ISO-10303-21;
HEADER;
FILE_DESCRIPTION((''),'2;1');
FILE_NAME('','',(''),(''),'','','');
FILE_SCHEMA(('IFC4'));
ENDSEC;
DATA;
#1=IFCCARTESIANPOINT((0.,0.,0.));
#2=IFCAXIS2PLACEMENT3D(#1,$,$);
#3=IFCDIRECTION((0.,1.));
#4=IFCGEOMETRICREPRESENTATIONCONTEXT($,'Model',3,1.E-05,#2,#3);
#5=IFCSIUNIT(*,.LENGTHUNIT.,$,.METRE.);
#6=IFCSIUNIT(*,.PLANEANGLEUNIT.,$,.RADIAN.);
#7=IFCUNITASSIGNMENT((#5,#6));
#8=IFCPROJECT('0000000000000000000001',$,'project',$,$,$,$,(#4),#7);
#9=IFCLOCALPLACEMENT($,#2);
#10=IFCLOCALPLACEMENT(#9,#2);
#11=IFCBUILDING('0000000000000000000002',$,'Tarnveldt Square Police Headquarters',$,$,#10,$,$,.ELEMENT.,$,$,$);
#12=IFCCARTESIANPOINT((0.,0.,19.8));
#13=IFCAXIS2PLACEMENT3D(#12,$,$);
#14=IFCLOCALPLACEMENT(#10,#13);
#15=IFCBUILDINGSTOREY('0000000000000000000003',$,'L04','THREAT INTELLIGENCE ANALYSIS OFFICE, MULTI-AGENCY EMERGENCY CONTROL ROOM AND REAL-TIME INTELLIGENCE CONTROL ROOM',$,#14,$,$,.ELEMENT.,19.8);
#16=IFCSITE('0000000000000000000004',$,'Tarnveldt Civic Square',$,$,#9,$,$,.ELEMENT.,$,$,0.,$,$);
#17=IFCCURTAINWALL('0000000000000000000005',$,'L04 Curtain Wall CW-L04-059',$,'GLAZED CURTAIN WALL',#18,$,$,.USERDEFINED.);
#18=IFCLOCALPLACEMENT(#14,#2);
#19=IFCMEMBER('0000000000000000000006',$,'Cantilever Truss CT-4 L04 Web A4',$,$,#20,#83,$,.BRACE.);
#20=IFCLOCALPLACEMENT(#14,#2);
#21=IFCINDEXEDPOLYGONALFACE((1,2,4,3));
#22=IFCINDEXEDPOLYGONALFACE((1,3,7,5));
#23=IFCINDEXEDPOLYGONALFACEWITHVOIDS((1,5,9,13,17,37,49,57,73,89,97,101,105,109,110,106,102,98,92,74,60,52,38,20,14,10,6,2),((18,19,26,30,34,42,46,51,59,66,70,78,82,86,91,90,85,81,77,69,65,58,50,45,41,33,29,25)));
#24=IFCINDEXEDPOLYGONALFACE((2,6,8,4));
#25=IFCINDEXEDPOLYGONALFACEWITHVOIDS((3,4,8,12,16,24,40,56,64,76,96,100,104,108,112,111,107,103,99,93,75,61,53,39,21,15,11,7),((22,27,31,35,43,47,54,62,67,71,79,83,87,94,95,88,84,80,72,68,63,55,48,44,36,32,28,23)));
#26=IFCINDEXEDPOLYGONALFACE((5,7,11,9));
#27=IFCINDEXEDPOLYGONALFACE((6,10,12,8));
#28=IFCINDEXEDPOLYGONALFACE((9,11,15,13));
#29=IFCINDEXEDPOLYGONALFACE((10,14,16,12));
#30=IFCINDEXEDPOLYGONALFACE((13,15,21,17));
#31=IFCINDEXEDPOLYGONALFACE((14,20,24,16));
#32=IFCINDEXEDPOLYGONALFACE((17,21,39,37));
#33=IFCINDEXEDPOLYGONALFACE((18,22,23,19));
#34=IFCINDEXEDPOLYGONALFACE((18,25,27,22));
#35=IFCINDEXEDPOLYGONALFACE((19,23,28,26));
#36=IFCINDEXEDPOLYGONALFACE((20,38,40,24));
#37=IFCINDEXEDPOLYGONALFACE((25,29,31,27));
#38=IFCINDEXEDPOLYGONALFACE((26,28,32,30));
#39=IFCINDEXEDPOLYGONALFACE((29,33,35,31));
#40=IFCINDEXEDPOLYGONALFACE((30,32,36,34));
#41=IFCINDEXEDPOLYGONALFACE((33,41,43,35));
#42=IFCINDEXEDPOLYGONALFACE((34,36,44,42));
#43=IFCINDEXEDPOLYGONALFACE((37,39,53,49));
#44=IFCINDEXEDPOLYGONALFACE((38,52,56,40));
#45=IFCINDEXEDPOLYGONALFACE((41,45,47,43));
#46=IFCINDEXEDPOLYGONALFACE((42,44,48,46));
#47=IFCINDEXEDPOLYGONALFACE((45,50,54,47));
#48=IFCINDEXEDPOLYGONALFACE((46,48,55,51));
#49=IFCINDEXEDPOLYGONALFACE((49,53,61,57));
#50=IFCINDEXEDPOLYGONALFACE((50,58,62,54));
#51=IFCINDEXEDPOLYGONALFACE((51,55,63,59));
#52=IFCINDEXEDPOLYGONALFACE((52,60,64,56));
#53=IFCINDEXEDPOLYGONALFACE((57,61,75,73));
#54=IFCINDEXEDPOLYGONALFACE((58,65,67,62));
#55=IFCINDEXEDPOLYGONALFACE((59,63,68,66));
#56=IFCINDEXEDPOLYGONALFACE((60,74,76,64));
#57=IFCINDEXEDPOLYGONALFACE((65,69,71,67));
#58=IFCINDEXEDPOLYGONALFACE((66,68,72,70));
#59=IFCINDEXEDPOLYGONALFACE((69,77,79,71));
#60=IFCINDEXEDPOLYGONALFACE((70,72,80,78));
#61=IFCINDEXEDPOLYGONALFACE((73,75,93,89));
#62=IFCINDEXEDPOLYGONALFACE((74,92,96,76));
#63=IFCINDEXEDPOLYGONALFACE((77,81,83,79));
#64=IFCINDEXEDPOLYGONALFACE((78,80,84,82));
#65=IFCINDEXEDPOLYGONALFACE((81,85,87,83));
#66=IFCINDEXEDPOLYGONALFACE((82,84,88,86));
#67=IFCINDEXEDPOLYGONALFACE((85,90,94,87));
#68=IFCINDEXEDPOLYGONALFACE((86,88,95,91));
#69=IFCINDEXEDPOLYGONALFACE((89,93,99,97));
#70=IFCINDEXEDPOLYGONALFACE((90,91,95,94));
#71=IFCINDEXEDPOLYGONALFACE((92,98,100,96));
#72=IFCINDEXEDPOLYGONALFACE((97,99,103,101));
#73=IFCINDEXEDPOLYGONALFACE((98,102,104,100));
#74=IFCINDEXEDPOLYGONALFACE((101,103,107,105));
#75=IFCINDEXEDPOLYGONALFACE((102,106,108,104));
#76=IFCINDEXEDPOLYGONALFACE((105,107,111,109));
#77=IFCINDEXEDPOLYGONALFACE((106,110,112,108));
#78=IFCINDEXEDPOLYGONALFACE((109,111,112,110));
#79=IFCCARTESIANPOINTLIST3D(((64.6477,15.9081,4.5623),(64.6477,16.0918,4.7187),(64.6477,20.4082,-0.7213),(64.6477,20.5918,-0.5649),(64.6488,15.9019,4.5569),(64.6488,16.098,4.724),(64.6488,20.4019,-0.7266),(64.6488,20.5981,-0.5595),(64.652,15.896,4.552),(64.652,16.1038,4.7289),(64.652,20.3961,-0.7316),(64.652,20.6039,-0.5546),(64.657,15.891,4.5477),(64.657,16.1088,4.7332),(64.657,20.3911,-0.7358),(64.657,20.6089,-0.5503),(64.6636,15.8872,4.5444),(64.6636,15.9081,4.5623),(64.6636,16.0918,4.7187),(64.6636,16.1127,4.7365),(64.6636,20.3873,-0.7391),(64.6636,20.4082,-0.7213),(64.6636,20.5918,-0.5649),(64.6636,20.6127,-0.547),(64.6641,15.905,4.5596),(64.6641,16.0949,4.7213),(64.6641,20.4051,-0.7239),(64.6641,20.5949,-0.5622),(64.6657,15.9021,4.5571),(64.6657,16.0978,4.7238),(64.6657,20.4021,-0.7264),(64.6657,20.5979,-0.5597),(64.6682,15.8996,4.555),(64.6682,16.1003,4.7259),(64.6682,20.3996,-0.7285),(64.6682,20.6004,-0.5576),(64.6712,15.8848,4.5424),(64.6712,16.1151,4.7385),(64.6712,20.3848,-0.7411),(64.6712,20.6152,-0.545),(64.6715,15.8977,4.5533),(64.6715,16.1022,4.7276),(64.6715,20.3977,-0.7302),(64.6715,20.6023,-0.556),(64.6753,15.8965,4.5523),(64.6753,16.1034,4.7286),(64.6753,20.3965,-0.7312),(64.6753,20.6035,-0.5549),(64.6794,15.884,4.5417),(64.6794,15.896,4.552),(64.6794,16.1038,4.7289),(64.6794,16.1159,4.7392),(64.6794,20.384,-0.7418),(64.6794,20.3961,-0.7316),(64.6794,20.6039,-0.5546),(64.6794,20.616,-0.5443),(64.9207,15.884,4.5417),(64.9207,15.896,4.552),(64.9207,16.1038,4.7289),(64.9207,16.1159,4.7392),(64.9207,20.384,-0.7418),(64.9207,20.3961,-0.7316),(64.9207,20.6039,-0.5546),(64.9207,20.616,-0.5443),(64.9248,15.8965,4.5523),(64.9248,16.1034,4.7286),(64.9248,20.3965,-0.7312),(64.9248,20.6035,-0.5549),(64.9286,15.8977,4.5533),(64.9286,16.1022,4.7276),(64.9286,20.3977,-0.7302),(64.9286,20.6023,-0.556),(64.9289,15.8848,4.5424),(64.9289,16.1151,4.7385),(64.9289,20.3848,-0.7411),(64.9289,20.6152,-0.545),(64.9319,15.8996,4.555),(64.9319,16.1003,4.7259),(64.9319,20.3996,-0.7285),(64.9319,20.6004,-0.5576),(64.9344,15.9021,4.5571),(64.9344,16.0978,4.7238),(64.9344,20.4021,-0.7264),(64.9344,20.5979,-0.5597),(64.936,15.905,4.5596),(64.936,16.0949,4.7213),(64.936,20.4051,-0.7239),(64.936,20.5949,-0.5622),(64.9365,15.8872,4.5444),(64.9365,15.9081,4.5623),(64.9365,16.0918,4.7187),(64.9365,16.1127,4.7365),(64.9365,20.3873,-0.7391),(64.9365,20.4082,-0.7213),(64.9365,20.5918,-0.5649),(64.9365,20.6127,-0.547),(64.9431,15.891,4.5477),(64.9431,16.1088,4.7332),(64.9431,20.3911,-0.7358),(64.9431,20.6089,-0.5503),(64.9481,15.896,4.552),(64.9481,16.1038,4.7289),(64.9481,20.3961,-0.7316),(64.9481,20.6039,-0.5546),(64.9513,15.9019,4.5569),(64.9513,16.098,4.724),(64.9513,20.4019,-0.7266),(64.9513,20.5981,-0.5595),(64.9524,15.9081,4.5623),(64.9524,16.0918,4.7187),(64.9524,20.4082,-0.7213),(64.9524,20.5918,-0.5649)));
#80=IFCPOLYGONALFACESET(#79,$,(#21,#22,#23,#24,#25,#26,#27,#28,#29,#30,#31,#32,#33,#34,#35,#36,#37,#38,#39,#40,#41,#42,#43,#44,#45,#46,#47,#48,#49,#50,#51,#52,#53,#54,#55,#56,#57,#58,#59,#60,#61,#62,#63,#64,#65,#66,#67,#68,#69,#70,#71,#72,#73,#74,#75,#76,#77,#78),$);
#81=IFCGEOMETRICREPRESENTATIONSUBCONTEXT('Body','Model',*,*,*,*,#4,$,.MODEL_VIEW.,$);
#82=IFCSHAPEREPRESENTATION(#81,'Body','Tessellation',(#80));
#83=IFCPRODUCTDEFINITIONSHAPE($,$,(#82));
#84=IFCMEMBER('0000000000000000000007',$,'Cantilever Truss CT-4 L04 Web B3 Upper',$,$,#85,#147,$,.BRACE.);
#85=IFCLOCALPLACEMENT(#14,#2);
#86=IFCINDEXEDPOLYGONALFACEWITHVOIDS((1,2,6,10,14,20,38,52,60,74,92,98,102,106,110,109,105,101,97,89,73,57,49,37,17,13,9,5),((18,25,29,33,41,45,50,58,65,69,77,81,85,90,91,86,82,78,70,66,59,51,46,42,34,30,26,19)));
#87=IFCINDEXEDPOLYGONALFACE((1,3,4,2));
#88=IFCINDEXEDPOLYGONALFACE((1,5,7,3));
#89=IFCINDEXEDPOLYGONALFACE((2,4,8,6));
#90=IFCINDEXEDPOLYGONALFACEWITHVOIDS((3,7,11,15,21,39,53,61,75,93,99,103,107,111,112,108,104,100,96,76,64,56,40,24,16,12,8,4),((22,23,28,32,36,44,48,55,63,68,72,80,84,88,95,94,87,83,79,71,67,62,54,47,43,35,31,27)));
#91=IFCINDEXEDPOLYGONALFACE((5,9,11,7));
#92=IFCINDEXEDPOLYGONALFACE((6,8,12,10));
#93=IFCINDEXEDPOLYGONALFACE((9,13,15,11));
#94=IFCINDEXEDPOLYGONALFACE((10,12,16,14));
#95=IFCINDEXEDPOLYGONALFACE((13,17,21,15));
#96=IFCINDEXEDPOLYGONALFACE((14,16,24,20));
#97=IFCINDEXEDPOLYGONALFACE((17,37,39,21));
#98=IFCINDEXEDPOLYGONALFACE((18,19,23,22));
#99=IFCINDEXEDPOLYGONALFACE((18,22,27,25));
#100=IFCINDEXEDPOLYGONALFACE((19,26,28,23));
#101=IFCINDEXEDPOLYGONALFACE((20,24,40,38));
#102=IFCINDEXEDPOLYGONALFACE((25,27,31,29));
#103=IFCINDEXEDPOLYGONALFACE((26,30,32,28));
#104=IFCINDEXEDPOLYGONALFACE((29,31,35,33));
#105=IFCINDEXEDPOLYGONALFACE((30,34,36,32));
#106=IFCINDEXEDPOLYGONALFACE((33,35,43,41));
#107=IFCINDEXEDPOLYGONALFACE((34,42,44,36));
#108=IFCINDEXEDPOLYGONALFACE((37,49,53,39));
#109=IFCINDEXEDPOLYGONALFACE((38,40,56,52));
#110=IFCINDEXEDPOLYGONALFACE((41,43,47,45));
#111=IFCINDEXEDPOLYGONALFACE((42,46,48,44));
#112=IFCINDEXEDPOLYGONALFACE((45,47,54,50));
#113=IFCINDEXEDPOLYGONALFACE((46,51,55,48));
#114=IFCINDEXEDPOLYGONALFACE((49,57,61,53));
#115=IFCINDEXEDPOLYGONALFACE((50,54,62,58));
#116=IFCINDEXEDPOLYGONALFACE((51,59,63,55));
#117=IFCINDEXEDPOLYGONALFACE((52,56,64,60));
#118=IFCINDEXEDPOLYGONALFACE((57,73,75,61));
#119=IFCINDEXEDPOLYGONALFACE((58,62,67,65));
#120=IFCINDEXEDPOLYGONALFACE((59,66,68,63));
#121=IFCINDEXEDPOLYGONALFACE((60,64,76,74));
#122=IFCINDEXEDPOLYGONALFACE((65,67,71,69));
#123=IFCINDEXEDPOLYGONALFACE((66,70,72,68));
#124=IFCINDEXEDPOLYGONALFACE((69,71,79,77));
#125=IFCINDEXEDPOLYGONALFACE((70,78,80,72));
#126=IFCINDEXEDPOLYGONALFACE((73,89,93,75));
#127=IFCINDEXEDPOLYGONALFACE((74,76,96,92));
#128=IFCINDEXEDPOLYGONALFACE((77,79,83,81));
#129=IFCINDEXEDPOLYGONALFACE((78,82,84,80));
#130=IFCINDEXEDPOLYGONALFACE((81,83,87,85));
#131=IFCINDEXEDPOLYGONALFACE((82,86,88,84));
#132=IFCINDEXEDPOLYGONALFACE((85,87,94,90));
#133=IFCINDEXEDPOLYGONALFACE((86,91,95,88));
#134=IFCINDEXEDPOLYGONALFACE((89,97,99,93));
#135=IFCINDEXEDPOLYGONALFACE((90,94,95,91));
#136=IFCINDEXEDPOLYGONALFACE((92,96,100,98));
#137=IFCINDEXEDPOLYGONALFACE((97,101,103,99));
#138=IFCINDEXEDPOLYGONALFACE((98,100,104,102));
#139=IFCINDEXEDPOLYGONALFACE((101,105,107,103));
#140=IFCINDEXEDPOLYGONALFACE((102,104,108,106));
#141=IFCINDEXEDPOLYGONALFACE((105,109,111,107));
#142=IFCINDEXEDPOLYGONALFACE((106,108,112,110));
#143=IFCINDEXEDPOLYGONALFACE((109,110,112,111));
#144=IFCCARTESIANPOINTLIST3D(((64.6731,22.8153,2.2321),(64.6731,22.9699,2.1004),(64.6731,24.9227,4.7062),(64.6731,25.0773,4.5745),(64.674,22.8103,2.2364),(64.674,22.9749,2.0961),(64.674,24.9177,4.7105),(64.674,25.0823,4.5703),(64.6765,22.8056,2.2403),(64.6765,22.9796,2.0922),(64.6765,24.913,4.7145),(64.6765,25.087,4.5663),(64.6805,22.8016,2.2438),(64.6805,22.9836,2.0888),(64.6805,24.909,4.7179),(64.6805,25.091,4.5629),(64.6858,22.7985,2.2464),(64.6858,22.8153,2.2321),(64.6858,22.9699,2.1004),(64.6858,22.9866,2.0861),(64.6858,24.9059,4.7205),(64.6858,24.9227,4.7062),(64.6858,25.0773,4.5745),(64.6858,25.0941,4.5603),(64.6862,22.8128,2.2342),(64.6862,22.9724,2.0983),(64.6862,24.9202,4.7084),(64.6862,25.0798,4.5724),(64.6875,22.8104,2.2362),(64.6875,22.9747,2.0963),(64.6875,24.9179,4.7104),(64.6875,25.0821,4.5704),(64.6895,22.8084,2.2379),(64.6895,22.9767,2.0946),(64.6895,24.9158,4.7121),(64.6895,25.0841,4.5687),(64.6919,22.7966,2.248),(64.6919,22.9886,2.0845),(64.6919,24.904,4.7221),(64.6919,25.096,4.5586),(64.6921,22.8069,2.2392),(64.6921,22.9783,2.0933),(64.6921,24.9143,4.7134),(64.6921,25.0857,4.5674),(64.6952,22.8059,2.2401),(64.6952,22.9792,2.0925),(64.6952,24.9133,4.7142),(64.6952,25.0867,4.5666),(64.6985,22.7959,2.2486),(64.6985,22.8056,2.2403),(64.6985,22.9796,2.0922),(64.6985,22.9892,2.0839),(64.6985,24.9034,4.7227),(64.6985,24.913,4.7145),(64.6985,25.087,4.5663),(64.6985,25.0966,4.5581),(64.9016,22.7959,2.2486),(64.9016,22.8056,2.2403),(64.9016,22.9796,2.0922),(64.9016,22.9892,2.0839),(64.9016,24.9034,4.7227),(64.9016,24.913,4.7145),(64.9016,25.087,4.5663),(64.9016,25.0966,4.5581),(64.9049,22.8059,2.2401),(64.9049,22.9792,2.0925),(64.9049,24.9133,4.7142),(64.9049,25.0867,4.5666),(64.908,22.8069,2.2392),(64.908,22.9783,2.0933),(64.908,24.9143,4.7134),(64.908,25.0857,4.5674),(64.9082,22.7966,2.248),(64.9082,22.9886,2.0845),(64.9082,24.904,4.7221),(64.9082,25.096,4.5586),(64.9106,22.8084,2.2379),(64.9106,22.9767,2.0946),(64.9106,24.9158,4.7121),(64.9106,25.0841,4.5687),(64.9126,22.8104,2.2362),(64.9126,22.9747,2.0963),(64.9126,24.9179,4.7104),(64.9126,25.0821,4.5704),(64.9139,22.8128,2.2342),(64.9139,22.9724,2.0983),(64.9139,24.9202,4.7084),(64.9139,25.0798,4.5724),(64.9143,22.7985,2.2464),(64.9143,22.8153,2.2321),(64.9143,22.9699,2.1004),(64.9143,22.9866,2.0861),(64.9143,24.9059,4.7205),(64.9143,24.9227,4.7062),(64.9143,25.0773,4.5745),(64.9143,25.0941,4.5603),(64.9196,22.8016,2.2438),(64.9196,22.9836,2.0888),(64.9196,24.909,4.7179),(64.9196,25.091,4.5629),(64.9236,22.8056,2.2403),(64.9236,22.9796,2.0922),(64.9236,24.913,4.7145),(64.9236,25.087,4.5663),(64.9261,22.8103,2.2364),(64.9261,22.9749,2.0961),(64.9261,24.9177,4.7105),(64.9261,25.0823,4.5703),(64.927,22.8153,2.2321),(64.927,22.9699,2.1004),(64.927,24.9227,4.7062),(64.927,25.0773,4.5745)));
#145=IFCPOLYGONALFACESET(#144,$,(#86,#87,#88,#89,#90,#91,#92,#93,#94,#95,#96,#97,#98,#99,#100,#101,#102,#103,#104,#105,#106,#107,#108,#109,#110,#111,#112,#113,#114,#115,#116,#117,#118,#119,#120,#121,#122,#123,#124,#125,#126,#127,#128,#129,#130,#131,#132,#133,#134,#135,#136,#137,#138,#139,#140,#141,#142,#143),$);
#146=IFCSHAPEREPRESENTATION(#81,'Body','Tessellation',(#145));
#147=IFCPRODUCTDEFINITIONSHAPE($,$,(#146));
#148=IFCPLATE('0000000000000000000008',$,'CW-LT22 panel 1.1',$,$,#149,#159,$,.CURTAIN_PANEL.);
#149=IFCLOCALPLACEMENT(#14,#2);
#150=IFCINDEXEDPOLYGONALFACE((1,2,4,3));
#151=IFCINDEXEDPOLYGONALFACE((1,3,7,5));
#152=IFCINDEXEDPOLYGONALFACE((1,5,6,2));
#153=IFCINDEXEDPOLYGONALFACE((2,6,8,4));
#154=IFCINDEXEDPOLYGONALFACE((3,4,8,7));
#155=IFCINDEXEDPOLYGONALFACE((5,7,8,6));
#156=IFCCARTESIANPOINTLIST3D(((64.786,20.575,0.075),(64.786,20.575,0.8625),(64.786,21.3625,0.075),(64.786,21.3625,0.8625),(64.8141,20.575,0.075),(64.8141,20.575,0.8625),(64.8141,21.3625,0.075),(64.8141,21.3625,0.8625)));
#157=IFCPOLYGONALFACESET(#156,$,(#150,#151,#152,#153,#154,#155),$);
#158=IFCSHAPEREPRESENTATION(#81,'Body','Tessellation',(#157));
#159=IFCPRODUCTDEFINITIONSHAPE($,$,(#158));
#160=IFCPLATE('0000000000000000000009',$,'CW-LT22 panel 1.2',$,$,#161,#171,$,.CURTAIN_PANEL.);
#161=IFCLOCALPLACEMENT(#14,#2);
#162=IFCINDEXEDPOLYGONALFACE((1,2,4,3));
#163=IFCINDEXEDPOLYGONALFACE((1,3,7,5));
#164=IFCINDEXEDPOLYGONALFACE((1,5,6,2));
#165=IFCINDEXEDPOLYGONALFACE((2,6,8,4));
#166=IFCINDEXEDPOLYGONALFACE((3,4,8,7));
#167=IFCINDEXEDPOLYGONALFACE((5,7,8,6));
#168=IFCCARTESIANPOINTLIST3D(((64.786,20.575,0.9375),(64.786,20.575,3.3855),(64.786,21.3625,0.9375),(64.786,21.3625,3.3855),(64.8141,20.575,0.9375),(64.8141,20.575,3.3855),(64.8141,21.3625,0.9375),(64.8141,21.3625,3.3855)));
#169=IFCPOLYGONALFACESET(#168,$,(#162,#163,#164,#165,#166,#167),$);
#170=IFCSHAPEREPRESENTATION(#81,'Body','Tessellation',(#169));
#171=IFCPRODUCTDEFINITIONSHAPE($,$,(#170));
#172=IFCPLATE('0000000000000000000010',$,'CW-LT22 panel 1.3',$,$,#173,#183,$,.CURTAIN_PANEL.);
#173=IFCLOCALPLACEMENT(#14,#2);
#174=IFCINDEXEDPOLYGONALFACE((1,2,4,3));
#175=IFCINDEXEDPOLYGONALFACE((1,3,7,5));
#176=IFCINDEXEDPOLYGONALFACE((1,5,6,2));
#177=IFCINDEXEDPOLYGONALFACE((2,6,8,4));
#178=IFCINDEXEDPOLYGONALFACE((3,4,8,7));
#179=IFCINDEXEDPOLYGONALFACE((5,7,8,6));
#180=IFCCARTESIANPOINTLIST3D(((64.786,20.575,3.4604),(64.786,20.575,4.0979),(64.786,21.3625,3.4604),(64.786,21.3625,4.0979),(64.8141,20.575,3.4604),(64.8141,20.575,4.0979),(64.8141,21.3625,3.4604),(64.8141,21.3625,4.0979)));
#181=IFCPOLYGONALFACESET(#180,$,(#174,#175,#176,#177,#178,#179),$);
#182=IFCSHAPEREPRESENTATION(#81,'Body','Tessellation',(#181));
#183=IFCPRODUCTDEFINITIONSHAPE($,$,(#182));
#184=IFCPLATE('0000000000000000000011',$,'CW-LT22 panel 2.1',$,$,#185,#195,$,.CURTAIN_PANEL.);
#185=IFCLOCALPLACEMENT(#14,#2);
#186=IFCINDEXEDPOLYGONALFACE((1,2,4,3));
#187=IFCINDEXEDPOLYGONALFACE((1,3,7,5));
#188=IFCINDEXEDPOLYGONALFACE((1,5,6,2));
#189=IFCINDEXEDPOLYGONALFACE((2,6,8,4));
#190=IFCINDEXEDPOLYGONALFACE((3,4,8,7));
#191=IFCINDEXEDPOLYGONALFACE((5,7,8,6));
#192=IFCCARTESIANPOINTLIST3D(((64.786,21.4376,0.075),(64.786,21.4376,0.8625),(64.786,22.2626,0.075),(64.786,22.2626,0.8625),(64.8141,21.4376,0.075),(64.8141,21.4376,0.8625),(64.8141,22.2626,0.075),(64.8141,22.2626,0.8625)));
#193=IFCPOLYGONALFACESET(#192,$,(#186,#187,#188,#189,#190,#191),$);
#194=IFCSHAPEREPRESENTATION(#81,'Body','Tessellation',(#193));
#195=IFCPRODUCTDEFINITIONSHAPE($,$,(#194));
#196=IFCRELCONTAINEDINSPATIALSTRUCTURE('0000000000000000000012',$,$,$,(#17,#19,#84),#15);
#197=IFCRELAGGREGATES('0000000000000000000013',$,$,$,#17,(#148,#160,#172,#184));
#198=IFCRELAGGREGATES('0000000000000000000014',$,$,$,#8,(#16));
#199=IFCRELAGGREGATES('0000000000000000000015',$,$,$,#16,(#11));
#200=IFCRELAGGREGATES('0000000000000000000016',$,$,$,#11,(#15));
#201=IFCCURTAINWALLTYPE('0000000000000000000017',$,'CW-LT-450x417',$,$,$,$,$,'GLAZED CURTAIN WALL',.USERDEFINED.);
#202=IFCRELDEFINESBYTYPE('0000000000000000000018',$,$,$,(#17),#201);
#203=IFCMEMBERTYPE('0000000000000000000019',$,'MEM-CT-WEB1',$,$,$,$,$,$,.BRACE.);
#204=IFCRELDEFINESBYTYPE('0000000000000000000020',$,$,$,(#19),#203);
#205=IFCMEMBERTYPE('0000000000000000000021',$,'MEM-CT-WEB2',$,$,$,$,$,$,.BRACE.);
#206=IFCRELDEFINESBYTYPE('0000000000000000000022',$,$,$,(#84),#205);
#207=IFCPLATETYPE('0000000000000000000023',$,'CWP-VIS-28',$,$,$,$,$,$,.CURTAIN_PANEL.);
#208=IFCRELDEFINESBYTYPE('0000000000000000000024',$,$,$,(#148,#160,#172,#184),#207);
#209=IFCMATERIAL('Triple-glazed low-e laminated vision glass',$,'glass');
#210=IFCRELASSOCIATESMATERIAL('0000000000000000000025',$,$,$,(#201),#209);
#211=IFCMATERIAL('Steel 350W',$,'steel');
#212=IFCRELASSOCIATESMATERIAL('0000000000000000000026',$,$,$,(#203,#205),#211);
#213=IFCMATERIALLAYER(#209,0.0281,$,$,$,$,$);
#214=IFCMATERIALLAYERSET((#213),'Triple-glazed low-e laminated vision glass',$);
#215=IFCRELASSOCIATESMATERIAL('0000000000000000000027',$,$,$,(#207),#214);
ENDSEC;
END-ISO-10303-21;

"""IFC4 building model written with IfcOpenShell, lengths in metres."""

from ifc_helpers import new_model, si_unit, direction, frame, origin, origin_2d, place, context, subcontext, project, spatial, rectangle, hollow_rectangle, extrude, material, layer, layer_set, material_profile, profile_set, type_object, element, aggregate, save


model = new_model("IFC4")

# Units and contexts
model_context = context("Model", 3, precision=1e-05, world=origin(), true_north=direction((0.0, 1.0)))
body_context = subcontext(model_context, "Body", "Model", "MODEL_VIEW")
ifc_project = project(units=[si_unit("LENGTHUNIT", "METRE"), si_unit("PLANEANGLEUNIT", "RADIAN")], contexts=[model_context])

# Site, building, storey
site_placement = place(None, origin())
site = spatial("IfcSite", under=ifc_project, at=site_placement, Name="Tarnveldt Civic Square", CompositionType="ELEMENT", RefElevation=0.0)
building_placement = place(site_placement, origin())
building = spatial("IfcBuilding", under=site, at=building_placement, Name="Tarnveldt Square Police Headquarters", CompositionType="ELEMENT")
storey_placement = place(building_placement, frame((0.0, 0.0, 19.8)))
storey = spatial("IfcBuildingStorey", under=building, at=storey_placement, Name="L04", Description="THREAT INTELLIGENCE ANALYSIS OFFICE, MULTI-AGENCY EMERGENCY CONTROL ROOM AND REAL-TIME INTELLIGENCE CONTROL ROOM", CompositionType="ELEMENT", Elevation=19.8)

# Shared definitions
ifc_material_1 = material(Name="Steel 350W", Category="steel")

# Curtain wall
ifc_material_2 = material(Name="Triple-glazed low-e laminated vision glass", Category="glass")
curtain_wall_type = type_object("IfcCurtainWallType", Name="CW-LT-450x417", ElementType="GLAZED CURTAIN WALL", PredefinedType="USERDEFINED", material=ifc_material_2)
curtain_wall_placement = place(storey_placement, origin())
curtain_wall = element("IfcCurtainWall", 1, at=curtain_wall_placement, inside=storey, type_object=curtain_wall_type, Name="L04 Curtain Wall CW-L04-059", ObjectType="GLAZED CURTAIN WALL", PredefinedType="USERDEFINED")

# Members
ifc_material_profile_1 = material_profile(ifc_material_1, hollow_rectangle(XDim=0.3047, YDim=0.3047, WallThickness=0.0159, InnerFilletRadius=0.0159, OuterFilletRadius=0.0317, at=origin_2d()), Name="HSS305x305x16")
ifc_profile_set_1 = profile_set([ifc_material_profile_1], Name="Steel 350W")
member_type_1 = type_object("IfcMemberType", Name="MEM-CT-WEB1", PredefinedType="BRACE", material=ifc_profile_set_1)
member_1_placement = place(storey_placement, frame((64.8, 20.5, -0.6431), z_axis=(0.0, -0.648407, 0.761294), x_axis=(1.0, 0.0, 0.0)))
element("IfcMember", 2, at=member_1_placement, inside=storey, type_object=member_type_1, Name="Cantilever Truss CT-4 L04 Web A4", PredefinedType="BRACE", context=body_context, shape_type="SweptSolid", body=[
    extrude(hollow_rectangle(XDim=0.3047, YDim=0.3047, WallThickness=0.0159, InnerFilletRadius=0.0159, OuterFilletRadius=0.0317, at=origin_2d()), origin(), (0.0, 0.0, 1.0), 6.9402),
])
ifc_material_profile_2 = material_profile(ifc_material_1, hollow_rectangle(XDim=0.2539, YDim=0.2539, WallThickness=0.0127, InnerFilletRadius=0.0127, OuterFilletRadius=0.0254, at=origin_2d()), Name="HSS254x254x13")
ifc_profile_set_2 = profile_set([ifc_material_profile_2], Name="Steel 350W")
member_type_2 = type_object("IfcMemberType", Name="MEM-CT-WEB2", PredefinedType="BRACE", material=ifc_profile_set_2)
member_2_placement = place(storey_placement, frame((64.8, 22.8926, 2.1663), z_axis=(0.0, 0.648437, 0.761268), x_axis=(-1.0, 0.0, 0.0)))
element("IfcMember", 3, at=member_2_placement, inside=storey, type_object=member_type_2, Name="Cantilever Truss CT-4 L04 Web B3 Upper", PredefinedType="BRACE", context=body_context, shape_type="SweptSolid", body=[
    extrude(hollow_rectangle(XDim=0.2539, YDim=0.2539, WallThickness=0.0127, InnerFilletRadius=0.0127, OuterFilletRadius=0.0254, at=origin_2d()), origin(), (0.0, 0.0, 1.0), 3.25),
])

# Plates
ifc_layer_1 = layer(ifc_material_2, 0.0281)
ifc_layer_set_1 = layer_set([ifc_layer_1], Name="Triple-glazed low-e laminated vision glass")
plate_type_1 = type_object("IfcPlateType", Name="CWP-VIS-28", PredefinedType="CURTAIN_PANEL", material=ifc_layer_set_1)
plate_1_placement = place(storey_placement, frame((64.8, 20.9688, 0.075), z_axis=(0.0, 0.0, 1.0), x_axis=(0.0, 1.0, 0.0)))
plate_1 = element("IfcPlate", 4, at=plate_1_placement, type_object=plate_type_1, Name="CW-LT22 panel 1.1", PredefinedType="CURTAIN_PANEL", context=body_context, shape_type="SweptSolid", body=[
    extrude(rectangle(XDim=0.7876, YDim=0.0281, at=origin_2d()), origin(), (0.0, 0.0, 1.0), 0.7876),
])
plate_2_placement = place(storey_placement, frame((64.8, 20.9688, 0.9375), z_axis=(0.0, 0.0, 1.0), x_axis=(0.0, 1.0, 0.0)))
plate_2 = element("IfcPlate", 5, at=plate_2_placement, type_object=plate_type_1, Name="CW-LT22 panel 1.2", PredefinedType="CURTAIN_PANEL", context=body_context, shape_type="SweptSolid", body=[
    extrude(rectangle(XDim=0.7876, YDim=0.0281, at=origin_2d()), origin(), (0.0, 0.0, 1.0), 2.448),
])
plate_3_placement = place(storey_placement, frame((64.8, 20.9688, 3.4604), z_axis=(0.0, 0.0, 1.0), x_axis=(0.0, 1.0, 0.0)))
plate_3 = element("IfcPlate", 6, at=plate_3_placement, type_object=plate_type_1, Name="CW-LT22 panel 1.3", PredefinedType="CURTAIN_PANEL", context=body_context, shape_type="SweptSolid", body=[
    extrude(rectangle(XDim=0.7876, YDim=0.0281, at=origin_2d()), origin(), (0.0, 0.0, 1.0), 0.6375),
])
plate_4_placement = place(storey_placement, frame((64.8, 21.8501, 0.075), z_axis=(0.0, 0.0, 1.0), x_axis=(0.0, 1.0, 0.0)))
plate_4 = element("IfcPlate", 7, at=plate_4_placement, type_object=plate_type_1, Name="CW-LT22 panel 2.1", PredefinedType="CURTAIN_PANEL", context=body_context, shape_type="SweptSolid", body=[
    extrude(rectangle(XDim=0.825, YDim=0.0281, at=origin_2d()), origin(), (0.0, 0.0, 1.0), 0.7876),
])
aggregate(curtain_wall, [plate_1, plate_2, plate_3, plate_4])

save(model, "model.ifc")
